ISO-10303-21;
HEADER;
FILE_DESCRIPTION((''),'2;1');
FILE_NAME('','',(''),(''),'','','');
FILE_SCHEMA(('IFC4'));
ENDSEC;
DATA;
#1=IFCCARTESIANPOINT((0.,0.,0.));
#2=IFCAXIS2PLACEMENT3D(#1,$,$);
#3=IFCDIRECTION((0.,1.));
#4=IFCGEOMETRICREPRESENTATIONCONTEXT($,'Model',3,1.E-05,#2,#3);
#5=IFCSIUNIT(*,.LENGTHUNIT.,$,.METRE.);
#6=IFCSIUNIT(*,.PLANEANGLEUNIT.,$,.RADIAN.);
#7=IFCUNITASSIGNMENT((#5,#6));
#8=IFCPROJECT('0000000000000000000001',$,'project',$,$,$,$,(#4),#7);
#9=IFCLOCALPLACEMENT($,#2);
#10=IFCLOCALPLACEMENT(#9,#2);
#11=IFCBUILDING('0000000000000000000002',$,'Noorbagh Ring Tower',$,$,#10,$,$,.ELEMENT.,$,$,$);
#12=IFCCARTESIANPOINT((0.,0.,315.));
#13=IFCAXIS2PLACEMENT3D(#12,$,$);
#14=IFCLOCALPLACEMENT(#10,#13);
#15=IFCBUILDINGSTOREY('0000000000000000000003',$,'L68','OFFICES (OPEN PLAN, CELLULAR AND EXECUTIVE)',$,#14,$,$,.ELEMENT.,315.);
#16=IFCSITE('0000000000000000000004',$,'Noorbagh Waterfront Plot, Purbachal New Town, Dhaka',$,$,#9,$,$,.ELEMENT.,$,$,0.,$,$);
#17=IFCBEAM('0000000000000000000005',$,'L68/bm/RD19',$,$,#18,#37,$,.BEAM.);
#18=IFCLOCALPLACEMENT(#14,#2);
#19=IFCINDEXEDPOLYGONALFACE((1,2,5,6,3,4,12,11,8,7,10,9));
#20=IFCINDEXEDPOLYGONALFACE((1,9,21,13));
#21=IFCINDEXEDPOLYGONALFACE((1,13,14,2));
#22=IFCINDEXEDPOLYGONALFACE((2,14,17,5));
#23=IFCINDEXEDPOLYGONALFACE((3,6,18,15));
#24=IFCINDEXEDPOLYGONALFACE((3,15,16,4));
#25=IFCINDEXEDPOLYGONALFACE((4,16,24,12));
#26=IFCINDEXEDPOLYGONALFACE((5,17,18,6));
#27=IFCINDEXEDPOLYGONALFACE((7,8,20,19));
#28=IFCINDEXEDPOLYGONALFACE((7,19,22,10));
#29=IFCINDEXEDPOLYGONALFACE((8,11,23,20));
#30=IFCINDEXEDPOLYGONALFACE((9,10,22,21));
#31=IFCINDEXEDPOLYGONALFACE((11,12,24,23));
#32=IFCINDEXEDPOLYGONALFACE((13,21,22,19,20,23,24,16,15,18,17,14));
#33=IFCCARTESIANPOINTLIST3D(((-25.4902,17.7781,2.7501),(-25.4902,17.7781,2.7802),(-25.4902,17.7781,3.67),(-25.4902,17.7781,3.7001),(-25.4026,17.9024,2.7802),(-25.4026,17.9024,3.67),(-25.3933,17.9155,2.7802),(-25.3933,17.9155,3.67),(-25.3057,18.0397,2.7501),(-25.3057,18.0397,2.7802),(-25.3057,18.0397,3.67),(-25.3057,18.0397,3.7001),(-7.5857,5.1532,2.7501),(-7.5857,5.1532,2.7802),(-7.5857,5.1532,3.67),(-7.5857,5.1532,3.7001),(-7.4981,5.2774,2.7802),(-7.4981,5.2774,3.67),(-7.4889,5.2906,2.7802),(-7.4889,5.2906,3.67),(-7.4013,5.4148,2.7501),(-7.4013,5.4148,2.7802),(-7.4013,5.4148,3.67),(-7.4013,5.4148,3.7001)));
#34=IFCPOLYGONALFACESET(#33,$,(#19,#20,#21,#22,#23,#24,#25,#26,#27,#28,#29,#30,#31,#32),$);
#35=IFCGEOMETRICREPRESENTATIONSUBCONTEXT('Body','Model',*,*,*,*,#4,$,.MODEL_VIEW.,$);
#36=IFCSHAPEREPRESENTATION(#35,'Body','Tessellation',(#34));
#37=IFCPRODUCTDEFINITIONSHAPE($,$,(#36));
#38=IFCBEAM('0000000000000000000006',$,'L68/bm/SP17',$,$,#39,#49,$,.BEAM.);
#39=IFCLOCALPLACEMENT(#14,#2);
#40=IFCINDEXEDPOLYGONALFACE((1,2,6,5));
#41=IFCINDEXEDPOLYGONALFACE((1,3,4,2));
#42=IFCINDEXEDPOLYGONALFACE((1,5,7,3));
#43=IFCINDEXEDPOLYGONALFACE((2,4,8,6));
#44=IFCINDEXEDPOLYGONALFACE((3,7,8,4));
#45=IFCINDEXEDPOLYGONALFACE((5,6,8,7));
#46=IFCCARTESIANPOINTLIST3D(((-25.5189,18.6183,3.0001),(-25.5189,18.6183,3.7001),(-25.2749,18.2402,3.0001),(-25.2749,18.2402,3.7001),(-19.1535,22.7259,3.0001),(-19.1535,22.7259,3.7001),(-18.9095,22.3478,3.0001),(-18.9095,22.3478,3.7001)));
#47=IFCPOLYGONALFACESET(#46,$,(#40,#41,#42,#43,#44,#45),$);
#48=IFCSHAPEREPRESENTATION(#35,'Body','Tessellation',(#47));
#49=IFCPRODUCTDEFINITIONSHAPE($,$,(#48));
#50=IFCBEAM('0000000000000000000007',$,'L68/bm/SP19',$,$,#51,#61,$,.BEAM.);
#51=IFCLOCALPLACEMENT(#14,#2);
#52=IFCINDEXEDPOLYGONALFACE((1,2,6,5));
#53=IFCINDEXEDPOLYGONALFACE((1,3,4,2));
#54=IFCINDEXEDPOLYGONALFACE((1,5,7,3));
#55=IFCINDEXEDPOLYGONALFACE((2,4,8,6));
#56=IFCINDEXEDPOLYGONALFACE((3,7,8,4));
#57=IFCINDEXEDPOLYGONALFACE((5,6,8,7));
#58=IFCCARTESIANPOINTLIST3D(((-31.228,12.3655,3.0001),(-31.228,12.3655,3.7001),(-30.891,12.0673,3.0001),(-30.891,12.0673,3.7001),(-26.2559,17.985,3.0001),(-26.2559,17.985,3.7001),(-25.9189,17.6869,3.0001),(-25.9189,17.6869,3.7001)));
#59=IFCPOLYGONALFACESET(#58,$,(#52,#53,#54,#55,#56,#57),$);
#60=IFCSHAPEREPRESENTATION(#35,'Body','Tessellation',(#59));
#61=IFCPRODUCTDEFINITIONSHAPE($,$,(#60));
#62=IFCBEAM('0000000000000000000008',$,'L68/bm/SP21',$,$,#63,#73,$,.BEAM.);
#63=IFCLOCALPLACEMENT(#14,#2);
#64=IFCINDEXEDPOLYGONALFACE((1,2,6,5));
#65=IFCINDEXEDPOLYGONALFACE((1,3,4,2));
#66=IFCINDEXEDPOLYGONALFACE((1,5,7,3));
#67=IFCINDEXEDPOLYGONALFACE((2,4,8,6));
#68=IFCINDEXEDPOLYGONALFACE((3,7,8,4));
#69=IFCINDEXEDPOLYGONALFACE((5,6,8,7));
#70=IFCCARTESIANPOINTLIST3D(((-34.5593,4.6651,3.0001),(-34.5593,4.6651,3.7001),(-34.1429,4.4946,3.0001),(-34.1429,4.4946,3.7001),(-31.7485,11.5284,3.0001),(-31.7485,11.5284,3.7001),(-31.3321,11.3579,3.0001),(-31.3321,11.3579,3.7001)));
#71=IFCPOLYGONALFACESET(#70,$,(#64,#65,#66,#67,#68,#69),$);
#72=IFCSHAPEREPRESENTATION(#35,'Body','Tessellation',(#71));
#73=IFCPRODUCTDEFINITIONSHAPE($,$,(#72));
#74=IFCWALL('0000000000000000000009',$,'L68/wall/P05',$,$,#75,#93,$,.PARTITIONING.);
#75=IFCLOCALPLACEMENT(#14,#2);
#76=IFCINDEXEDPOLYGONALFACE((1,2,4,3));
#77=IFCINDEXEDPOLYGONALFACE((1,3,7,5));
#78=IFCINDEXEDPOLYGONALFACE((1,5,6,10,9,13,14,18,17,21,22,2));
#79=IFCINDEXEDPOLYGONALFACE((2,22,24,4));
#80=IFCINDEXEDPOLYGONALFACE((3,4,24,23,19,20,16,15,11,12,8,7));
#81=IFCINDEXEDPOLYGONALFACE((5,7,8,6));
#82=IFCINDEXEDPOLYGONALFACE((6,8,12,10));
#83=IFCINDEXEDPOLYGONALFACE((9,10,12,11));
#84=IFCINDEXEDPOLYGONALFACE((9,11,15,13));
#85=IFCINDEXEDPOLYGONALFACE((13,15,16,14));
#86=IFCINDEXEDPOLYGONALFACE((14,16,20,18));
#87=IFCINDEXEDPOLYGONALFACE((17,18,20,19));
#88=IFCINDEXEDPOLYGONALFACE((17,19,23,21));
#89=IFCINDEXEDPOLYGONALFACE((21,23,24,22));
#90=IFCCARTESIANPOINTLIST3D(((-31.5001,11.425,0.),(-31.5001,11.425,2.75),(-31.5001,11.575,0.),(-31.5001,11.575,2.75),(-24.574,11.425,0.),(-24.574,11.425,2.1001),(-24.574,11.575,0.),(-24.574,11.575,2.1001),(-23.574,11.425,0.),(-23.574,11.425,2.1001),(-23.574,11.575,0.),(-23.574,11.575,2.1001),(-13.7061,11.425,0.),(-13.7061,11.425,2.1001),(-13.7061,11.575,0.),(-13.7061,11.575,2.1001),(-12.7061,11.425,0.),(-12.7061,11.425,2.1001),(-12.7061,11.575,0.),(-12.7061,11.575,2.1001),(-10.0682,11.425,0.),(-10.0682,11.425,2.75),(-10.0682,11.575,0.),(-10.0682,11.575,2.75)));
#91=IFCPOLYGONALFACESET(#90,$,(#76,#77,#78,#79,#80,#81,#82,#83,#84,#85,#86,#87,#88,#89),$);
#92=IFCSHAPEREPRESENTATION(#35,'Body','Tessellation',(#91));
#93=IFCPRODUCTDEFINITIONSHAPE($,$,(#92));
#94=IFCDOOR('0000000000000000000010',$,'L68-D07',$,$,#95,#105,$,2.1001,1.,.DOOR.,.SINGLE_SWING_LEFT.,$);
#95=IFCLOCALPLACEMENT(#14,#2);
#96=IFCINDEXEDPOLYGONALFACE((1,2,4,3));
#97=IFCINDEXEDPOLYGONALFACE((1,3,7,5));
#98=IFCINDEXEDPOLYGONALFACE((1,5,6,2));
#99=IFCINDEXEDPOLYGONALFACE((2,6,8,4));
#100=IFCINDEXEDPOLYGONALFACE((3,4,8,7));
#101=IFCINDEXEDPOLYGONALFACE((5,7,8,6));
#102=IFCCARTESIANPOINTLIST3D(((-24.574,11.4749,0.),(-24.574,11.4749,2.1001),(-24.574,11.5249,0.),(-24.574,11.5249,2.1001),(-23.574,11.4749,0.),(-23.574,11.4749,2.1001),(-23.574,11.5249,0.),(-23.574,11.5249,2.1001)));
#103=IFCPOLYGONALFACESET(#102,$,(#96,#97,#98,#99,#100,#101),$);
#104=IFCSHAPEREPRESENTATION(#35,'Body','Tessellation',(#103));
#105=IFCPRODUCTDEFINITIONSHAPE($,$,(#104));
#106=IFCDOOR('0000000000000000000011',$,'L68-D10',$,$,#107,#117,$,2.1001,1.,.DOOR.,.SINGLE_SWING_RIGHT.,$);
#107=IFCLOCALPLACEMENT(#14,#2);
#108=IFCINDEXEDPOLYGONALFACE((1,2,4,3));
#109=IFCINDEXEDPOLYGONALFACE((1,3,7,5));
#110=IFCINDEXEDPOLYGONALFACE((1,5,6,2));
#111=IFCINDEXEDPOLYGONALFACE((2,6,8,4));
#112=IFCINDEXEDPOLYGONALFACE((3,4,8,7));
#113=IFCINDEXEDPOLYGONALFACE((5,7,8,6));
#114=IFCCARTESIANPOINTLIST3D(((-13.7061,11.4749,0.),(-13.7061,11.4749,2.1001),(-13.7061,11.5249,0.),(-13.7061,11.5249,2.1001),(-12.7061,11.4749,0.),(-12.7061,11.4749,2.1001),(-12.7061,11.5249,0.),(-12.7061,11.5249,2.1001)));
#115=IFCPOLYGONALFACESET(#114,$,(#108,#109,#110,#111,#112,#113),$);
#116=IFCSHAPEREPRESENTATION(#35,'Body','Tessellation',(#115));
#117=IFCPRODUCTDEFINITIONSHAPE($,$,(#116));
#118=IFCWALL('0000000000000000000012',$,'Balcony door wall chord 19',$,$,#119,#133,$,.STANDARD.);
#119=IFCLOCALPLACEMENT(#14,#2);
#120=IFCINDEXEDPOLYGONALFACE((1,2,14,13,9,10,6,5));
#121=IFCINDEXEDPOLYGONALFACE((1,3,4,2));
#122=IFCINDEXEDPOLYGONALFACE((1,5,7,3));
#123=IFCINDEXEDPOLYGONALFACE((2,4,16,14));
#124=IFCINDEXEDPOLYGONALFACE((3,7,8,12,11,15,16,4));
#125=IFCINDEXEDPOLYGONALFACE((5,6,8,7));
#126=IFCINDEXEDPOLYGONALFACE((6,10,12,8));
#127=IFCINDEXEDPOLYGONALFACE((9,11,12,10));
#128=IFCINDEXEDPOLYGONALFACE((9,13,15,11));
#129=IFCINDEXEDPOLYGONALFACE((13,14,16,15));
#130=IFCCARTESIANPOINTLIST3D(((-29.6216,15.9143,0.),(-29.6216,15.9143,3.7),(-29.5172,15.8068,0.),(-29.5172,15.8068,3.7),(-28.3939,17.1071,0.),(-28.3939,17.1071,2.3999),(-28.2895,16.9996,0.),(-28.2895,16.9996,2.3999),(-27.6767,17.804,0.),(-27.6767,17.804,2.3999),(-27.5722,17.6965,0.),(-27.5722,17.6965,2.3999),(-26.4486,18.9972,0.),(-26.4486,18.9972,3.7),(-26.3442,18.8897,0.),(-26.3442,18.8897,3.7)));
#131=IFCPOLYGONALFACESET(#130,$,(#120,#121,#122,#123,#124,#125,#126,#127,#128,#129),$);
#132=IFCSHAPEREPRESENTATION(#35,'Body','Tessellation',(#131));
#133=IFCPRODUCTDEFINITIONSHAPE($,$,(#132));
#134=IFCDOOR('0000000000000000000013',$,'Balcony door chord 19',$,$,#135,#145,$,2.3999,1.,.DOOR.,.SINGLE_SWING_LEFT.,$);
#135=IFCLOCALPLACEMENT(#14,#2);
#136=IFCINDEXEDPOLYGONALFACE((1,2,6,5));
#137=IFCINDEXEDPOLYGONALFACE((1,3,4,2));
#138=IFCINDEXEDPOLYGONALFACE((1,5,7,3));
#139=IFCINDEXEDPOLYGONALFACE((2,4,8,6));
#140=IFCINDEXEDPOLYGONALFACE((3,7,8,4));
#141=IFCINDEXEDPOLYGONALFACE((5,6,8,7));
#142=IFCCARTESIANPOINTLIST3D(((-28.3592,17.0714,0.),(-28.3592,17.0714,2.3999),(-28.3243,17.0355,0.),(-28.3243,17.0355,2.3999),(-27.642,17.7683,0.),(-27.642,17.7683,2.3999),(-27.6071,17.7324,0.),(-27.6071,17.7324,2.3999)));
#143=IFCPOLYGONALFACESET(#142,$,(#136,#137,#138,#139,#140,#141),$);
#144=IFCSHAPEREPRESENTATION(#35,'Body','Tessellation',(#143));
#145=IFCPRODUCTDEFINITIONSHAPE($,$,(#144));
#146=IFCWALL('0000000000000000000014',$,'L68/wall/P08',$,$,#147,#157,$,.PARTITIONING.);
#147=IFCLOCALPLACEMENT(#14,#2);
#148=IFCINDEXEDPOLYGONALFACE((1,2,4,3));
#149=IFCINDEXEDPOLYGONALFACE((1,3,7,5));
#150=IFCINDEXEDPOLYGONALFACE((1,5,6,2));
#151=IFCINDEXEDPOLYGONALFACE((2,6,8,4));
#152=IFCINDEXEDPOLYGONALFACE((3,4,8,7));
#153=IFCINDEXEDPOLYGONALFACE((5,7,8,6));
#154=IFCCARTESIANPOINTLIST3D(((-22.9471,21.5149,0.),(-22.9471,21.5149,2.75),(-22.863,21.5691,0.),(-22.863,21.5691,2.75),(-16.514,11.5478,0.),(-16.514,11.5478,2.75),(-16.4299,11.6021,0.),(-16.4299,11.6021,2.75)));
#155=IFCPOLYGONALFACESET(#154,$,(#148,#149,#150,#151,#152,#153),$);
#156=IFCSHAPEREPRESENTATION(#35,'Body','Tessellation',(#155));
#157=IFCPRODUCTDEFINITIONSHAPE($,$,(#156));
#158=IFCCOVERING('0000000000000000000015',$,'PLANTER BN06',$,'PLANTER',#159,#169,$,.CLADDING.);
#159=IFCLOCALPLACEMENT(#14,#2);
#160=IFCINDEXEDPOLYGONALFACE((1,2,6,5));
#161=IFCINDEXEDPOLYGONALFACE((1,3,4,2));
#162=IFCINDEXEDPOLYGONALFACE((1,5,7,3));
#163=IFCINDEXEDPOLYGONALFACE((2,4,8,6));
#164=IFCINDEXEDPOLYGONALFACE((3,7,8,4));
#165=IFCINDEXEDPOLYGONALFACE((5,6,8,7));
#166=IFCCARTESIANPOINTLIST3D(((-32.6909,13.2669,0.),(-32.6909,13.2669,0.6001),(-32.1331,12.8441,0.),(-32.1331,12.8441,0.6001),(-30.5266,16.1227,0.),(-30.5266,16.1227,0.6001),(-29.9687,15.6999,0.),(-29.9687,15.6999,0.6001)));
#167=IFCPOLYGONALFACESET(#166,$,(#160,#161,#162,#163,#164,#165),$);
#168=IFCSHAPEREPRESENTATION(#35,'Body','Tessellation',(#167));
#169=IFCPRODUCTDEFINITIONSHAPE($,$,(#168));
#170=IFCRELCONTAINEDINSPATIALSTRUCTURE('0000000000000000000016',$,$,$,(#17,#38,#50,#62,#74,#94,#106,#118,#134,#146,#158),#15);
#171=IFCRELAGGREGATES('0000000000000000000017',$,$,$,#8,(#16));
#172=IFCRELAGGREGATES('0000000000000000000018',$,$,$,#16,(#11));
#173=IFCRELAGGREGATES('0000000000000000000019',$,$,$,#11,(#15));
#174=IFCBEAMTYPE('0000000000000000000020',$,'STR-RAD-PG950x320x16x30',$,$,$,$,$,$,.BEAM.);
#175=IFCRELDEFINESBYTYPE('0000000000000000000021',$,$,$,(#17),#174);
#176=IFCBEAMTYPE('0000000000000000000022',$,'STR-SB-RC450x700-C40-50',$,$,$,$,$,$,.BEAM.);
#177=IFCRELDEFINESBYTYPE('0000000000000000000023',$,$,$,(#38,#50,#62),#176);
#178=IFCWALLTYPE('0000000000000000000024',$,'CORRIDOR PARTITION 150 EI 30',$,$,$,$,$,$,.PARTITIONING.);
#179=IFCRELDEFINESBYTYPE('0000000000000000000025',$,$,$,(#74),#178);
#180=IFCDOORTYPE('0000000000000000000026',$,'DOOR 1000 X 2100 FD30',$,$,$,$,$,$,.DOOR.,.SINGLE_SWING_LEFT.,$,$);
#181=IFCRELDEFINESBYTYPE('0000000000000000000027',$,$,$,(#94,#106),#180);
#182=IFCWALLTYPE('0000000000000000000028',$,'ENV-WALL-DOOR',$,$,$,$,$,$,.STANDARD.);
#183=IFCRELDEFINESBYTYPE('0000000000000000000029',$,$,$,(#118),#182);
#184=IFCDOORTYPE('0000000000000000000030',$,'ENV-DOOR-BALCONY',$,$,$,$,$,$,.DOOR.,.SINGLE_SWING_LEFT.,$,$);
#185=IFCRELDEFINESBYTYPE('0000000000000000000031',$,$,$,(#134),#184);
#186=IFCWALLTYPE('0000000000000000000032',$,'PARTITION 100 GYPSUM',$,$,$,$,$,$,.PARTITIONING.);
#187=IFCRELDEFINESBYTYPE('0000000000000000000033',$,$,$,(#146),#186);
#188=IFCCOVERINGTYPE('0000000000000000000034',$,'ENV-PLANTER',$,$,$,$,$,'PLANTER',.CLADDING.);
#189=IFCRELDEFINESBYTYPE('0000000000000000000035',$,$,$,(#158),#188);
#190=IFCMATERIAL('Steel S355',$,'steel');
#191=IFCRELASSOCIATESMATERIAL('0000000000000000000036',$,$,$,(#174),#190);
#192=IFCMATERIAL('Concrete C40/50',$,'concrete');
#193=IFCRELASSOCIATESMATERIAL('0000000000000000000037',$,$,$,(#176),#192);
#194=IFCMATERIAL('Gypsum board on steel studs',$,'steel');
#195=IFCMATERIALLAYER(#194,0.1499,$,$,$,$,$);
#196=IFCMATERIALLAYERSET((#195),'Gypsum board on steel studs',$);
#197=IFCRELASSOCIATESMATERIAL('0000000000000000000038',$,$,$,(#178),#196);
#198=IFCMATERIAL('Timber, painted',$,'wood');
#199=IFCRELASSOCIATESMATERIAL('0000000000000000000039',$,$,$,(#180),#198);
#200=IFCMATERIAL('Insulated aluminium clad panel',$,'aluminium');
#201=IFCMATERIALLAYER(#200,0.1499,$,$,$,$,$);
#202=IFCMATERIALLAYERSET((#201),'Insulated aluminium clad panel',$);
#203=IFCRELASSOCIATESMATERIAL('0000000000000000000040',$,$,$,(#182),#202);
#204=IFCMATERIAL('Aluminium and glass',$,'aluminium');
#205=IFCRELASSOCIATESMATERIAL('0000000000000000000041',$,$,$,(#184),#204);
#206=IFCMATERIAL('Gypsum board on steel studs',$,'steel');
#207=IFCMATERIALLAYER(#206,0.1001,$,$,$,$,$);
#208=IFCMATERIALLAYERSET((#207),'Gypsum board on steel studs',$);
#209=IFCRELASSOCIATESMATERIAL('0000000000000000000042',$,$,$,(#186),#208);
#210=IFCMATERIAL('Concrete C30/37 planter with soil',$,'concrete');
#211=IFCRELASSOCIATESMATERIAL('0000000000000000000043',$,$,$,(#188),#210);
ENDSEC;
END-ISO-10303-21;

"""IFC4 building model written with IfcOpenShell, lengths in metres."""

from ifc_helpers import new_model, si_unit, direction, frame, frame_2d, origin, origin_2d, place, context, subcontext, project, spatial, rectangle, i_section, extrude, material, layer, layer_set, material_profile, profile_set, type_object, element, fill, save


model = new_model("IFC4")

# Units and contexts
model_context = context("Model", 3, precision=1e-05, world=origin(), true_north=direction((0.0, 1.0)))
body_context = subcontext(model_context, "Body", "Model", "MODEL_VIEW")
ifc_project = project(units=[si_unit("LENGTHUNIT", "METRE"), si_unit("PLANEANGLEUNIT", "RADIAN")], contexts=[model_context])

# Site, building, storey
site_placement = place(None, origin())
site = spatial("IfcSite", under=ifc_project, at=site_placement, Name="Noorbagh Waterfront Plot, Purbachal New Town, Dhaka", CompositionType="ELEMENT", RefElevation=0.0)
building_placement = place(site_placement, origin())
building = spatial("IfcBuilding", under=site, at=building_placement, Name="Noorbagh Ring Tower", CompositionType="ELEMENT")
storey_placement = place(building_placement, frame((0.0, 0.0, 315.0)))
storey = spatial("IfcBuildingStorey", under=building, at=storey_placement, Name="L68", Description="OFFICES (OPEN PLAN, CELLULAR AND EXECUTIVE)", CompositionType="ELEMENT", Elevation=315.0)

# Beams
ifc_material_1 = material(Name="Steel S355", Category="steel")
ifc_material_profile_1 = material_profile(ifc_material_1, i_section(OverallWidth=0.3201, OverallDepth=0.95, WebThickness=0.0161, FlangeThickness=0.03, at=origin_2d()), Name="PG950x320x16x30")
ifc_profile_set_1 = profile_set([ifc_material_profile_1], Name="Steel S355")
beam_type_1 = type_object("IfcBeamType", Name="STR-RAD-PG950x320x16x30", PredefinedType="BEAM", material=ifc_profile_set_1)
beam_1_placement = place(storey_placement, frame((-25.3979, 17.9089, 3.2251), z_axis=(0.817258, -0.576272, 0.0), x_axis=(0.576272, 0.817258, 0.0)))
element("IfcBeam", 1, at=beam_1_placement, inside=storey, type_object=beam_type_1, Name="L68/bm/RD19", PredefinedType="BEAM", context=body_context, shape_type="SweptSolid", body=[
    extrude(i_section(OverallWidth=0.3201, OverallDepth=0.95, WebThickness=0.0161, FlangeThickness=0.03, at=origin_2d()), origin(), (0.0, 0.0, 1.0), 21.908),
])
ifc_material_2 = material(Name="Concrete C40/50", Category="concrete")
ifc_material_profile_2 = material_profile(ifc_material_2, rectangle(XDim=0.45, YDim=0.7, at=origin_2d()), Name="RC450x700")
ifc_profile_set_2 = profile_set([ifc_material_profile_2], Name="Concrete C40/50")
beam_type_2 = type_object("IfcBeamType", Name="STR-SB-RC450x700-C40-50", PredefinedType="BEAM", material=ifc_profile_set_2)
beam_2_placement = place(storey_placement, frame((-19.0315, 22.5369, 3.3501), z_axis=(-0.840242, -0.542211, 0.0), x_axis=(0.542211, -0.840242, 0.0)))
element("IfcBeam", 2, at=beam_2_placement, inside=storey, type_object=beam_type_2, Name="L68/bm/SP17", PredefinedType="BEAM", context=body_context, shape_type="SweptSolid", body=[
    extrude(rectangle(XDim=0.45, YDim=0.7, at=origin_2d()), origin(), (0.0, 0.0, 1.0), 7.5757),
])
beam_3_placement = place(storey_placement, frame((-26.0874, 17.8359, 3.3501), z_axis=(-0.662645, -0.748933, 0.0), x_axis=(0.748933, -0.662645, 0.0)))
element("IfcBeam", 3, at=beam_3_placement, inside=storey, type_object=beam_type_2, Name="L68/bm/SP19", PredefinedType="BEAM", context=body_context, shape_type="SweptSolid", body=[
    extrude(rectangle(XDim=0.45, YDim=0.7, at=origin_2d()), origin(), (0.0, 0.0, 1.0), 7.5034),
])
beam_4_placement = place(storey_placement, frame((-31.5403, 11.4431, 3.3501), z_axis=(-0.378989, -0.925401, 0.0), x_axis=(0.925401, -0.378989, 0.0)))
element("IfcBeam", 4, at=beam_4_placement, inside=storey, type_object=beam_type_2, Name="L68/bm/SP21", PredefinedType="BEAM", context=body_context, shape_type="SweptSolid", body=[
    extrude(rectangle(XDim=0.45, YDim=0.7, at=origin_2d()), origin(), (0.0, 0.0, 1.0), 7.4165),
])

# Wall, openings, doors
ifc_material_3 = material(Name="Gypsum board on steel studs", Category="steel")
ifc_layer_1 = layer(ifc_material_3, 0.1499)
ifc_layer_set_1 = layer_set([ifc_layer_1], Name="Gypsum board on steel studs")
wall_type_1 = type_object("IfcWallType", Name="CORRIDOR PARTITION 150 EI 30", PredefinedType="PARTITIONING", material=ifc_layer_set_1)
wall_1_placement = place(storey_placement, frame((-31.5, 11.5, 0.0), z_axis=(0.0, 0.0, 1.0), x_axis=(1.0, 0.0, 0.0)))
wall_1 = element("IfcWall", 5, at=wall_1_placement, inside=storey, type_object=wall_type_1, Name="L68/wall/P05", PredefinedType="PARTITIONING", context=body_context, shape_type="SweptSolid", body=[
    extrude(rectangle(XDim=21.4319, YDim=0.1499, at=frame_2d((10.7158, 0.0))), origin(), (0.0, 0.0, 1.0), 2.75),
])
opening_1_placement = place(wall_1_placement, frame((6.926, 0.0, 0.0)))
opening_1 = element("IfcOpeningElement", 6, at=opening_1_placement, cuts=wall_1, PredefinedType="OPENING", context=body_context, shape_type="SweptSolid", body=[
    extrude(rectangle(XDim=1.0, YDim=2.1001, at=frame_2d((0.5, 1.05))), frame((0.0, 0.085, 0.0), z_axis=(0.0, -1.0, 0.0), x_axis=(1.0, 0.0, 0.0)), (0.0, 0.0, 1.0), 0.1699),
])
opening_2_placement = place(wall_1_placement, frame((17.7939, 0.0, 0.0)))
opening_2 = element("IfcOpeningElement", 7, at=opening_2_placement, cuts=wall_1, PredefinedType="OPENING", context=body_context, shape_type="SweptSolid", body=[
    extrude(rectangle(XDim=1.0, YDim=2.1001, at=frame_2d((0.5, 1.05))), frame((0.0, 0.085, 0.0), z_axis=(0.0, -1.0, 0.0), x_axis=(1.0, 0.0, 0.0)), (0.0, 0.0, 1.0), 0.1699),
])
ifc_material_4 = material(Name="Timber, painted", Category="wood")
door_type_1 = type_object("IfcDoorType", Name="DOOR 1000 X 2100 FD30", OperationType="SINGLE_SWING_LEFT", PredefinedType="DOOR", material=ifc_material_4)
door_1_placement = place(opening_1_placement, origin())
door_1 = element("IfcDoor", 8, at=door_1_placement, inside=storey, type_object=door_type_1, Name="L68-D07", OperationType="SINGLE_SWING_LEFT", OverallHeight=2.1001, OverallWidth=1.0, PredefinedType="DOOR", context=body_context, shape_type="SweptSolid", body=[
    extrude(rectangle(XDim=1.0, YDim=2.1001, at=frame_2d((0.5, 1.05))), frame((0.0, 0.0249, 0.0), z_axis=(0.0, -1.0, 0.0), x_axis=(1.0, 0.0, 0.0)), (0.0, 0.0, 1.0), 0.05),
])
fill(opening_1, door_1)
door_2_placement = place(opening_2_placement, origin())
door_2 = element("IfcDoor", 9, at=door_2_placement, inside=storey, type_object=door_type_1, Name="L68-D10", OperationType="SINGLE_SWING_RIGHT", OverallHeight=2.1001, OverallWidth=1.0, PredefinedType="DOOR", context=body_context, shape_type="SweptSolid", body=[
    extrude(rectangle(XDim=1.0, YDim=2.1001, at=frame_2d((0.5, 1.05))), frame((0.0, 0.0249, 0.0), z_axis=(0.0, -1.0, 0.0), x_axis=(1.0, 0.0, 0.0)), (0.0, 0.0, 1.0), 0.05),
])
fill(opening_2, door_2)

# Wall, opening, door
ifc_material_5 = material(Name="Insulated aluminium clad panel", Category="aluminium")
ifc_layer_2 = layer(ifc_material_5, 0.1499)
ifc_layer_set_2 = layer_set([ifc_layer_2], Name="Insulated aluminium clad panel")
wall_type_2 = type_object("IfcWallType", Name="ENV-WALL-DOOR", PredefinedType="STANDARD", material=ifc_layer_set_2)
wall_2_placement = place(storey_placement, frame((-26.3965, 18.9434, 0.0), z_axis=(0.0, 0.0, 1.0), x_axis=(-0.717215, -0.696852, 0.0)))
wall_2 = element("IfcWall", 10, at=wall_2_placement, inside=storey, type_object=wall_type_2, Name="Balcony door wall chord 19", PredefinedType="STANDARD", context=body_context, shape_type="SweptSolid", body=[
    extrude(rectangle(XDim=4.4241, YDim=0.1499, at=frame_2d((2.2119, 0.0))), origin(), (0.0, 0.0, 1.0), 3.7),
])
opening_3_placement = place(wall_2_placement, frame((1.7122, 0.0, 0.0)))
opening_3 = element("IfcOpeningElement", 11, at=opening_3_placement, cuts=wall_2, PredefinedType="OPENING", context=body_context, shape_type="SweptSolid", body=[
    extrude(rectangle(XDim=1.0, YDim=2.3999, at=frame_2d((0.5, 1.2))), frame((0.0, 0.085, 0.0), z_axis=(0.0, -1.0, 0.0), x_axis=(1.0, 0.0, 0.0)), (0.0, 0.0, 1.0), 0.1699),
])
ifc_material_6 = material(Name="Aluminium and glass", Category="aluminium")
door_type_2 = type_object("IfcDoorType", Name="ENV-DOOR-BALCONY", OperationType="SINGLE_SWING_LEFT", PredefinedType="DOOR", material=ifc_material_6)
door_3_placement = place(opening_3_placement, origin())
door_3 = element("IfcDoor", 12, at=door_3_placement, inside=storey, type_object=door_type_2, Name="Balcony door chord 19", OperationType="SINGLE_SWING_LEFT", OverallHeight=2.3999, OverallWidth=1.0, PredefinedType="DOOR", context=body_context, shape_type="SweptSolid", body=[
    extrude(rectangle(XDim=1.0, YDim=2.3999, at=frame_2d((0.5, 1.2))), frame((0.0, 0.0249, 0.0), z_axis=(0.0, -1.0, 0.0), x_axis=(1.0, 0.0, 0.0)), (0.0, 0.0, 1.0), 0.05),
])
fill(opening_3, door_3)

# Wall
ifc_material_7 = material(Name="Gypsum board on steel studs", Category="steel")
ifc_layer_3 = layer(ifc_material_7, 0.1001)
ifc_layer_set_3 = layer_set([ifc_layer_3], Name="Gypsum board on steel studs")
wall_type_3 = type_object("IfcWallType", Name="PARTITION 100 GYPSUM", PredefinedType="PARTITIONING", material=ifc_layer_set_3)
wall_3_placement = place(storey_placement, frame((-22.905, 21.542, 0.0), z_axis=(0.0, 0.0, 1.0), x_axis=(0.542291, -0.840191, 0.0)))
element("IfcWall", 13, at=wall_3_placement, inside=storey, type_object=wall_type_3, Name="L68/wall/P08", PredefinedType="PARTITIONING", context=body_context, shape_type="SweptSolid", body=[
    extrude(rectangle(XDim=11.8628, YDim=0.1001, at=frame_2d((5.9314, 0.0))), origin(), (0.0, 0.0, 1.0), 2.75),
])

# Covering
ifc_material_8 = material(Name="Concrete C30/37 planter with soil", Category="concrete")
covering_type = type_object("IfcCoveringType", Name="ENV-PLANTER", ElementType="PLANTER", PredefinedType="CLADDING", material=ifc_material_8)
covering_placement = place(storey_placement, frame((-31.3298, 14.4834, 0.0), z_axis=(0.0, 0.0, 1.0), x_axis=(-0.60402, -0.796969, 0.0)))
element("IfcCovering", 14, at=covering_placement, inside=storey, type_object=covering_type, Name="PLANTER BN06", ObjectType="PLANTER", PredefinedType="CLADDING", context=body_context, shape_type="SweptSolid", body=[
    extrude(rectangle(XDim=3.5833, YDim=0.7, at=origin_2d()), origin(), (0.0, 0.0, 1.0), 0.6001),
])

save(model, "model.ifc")
